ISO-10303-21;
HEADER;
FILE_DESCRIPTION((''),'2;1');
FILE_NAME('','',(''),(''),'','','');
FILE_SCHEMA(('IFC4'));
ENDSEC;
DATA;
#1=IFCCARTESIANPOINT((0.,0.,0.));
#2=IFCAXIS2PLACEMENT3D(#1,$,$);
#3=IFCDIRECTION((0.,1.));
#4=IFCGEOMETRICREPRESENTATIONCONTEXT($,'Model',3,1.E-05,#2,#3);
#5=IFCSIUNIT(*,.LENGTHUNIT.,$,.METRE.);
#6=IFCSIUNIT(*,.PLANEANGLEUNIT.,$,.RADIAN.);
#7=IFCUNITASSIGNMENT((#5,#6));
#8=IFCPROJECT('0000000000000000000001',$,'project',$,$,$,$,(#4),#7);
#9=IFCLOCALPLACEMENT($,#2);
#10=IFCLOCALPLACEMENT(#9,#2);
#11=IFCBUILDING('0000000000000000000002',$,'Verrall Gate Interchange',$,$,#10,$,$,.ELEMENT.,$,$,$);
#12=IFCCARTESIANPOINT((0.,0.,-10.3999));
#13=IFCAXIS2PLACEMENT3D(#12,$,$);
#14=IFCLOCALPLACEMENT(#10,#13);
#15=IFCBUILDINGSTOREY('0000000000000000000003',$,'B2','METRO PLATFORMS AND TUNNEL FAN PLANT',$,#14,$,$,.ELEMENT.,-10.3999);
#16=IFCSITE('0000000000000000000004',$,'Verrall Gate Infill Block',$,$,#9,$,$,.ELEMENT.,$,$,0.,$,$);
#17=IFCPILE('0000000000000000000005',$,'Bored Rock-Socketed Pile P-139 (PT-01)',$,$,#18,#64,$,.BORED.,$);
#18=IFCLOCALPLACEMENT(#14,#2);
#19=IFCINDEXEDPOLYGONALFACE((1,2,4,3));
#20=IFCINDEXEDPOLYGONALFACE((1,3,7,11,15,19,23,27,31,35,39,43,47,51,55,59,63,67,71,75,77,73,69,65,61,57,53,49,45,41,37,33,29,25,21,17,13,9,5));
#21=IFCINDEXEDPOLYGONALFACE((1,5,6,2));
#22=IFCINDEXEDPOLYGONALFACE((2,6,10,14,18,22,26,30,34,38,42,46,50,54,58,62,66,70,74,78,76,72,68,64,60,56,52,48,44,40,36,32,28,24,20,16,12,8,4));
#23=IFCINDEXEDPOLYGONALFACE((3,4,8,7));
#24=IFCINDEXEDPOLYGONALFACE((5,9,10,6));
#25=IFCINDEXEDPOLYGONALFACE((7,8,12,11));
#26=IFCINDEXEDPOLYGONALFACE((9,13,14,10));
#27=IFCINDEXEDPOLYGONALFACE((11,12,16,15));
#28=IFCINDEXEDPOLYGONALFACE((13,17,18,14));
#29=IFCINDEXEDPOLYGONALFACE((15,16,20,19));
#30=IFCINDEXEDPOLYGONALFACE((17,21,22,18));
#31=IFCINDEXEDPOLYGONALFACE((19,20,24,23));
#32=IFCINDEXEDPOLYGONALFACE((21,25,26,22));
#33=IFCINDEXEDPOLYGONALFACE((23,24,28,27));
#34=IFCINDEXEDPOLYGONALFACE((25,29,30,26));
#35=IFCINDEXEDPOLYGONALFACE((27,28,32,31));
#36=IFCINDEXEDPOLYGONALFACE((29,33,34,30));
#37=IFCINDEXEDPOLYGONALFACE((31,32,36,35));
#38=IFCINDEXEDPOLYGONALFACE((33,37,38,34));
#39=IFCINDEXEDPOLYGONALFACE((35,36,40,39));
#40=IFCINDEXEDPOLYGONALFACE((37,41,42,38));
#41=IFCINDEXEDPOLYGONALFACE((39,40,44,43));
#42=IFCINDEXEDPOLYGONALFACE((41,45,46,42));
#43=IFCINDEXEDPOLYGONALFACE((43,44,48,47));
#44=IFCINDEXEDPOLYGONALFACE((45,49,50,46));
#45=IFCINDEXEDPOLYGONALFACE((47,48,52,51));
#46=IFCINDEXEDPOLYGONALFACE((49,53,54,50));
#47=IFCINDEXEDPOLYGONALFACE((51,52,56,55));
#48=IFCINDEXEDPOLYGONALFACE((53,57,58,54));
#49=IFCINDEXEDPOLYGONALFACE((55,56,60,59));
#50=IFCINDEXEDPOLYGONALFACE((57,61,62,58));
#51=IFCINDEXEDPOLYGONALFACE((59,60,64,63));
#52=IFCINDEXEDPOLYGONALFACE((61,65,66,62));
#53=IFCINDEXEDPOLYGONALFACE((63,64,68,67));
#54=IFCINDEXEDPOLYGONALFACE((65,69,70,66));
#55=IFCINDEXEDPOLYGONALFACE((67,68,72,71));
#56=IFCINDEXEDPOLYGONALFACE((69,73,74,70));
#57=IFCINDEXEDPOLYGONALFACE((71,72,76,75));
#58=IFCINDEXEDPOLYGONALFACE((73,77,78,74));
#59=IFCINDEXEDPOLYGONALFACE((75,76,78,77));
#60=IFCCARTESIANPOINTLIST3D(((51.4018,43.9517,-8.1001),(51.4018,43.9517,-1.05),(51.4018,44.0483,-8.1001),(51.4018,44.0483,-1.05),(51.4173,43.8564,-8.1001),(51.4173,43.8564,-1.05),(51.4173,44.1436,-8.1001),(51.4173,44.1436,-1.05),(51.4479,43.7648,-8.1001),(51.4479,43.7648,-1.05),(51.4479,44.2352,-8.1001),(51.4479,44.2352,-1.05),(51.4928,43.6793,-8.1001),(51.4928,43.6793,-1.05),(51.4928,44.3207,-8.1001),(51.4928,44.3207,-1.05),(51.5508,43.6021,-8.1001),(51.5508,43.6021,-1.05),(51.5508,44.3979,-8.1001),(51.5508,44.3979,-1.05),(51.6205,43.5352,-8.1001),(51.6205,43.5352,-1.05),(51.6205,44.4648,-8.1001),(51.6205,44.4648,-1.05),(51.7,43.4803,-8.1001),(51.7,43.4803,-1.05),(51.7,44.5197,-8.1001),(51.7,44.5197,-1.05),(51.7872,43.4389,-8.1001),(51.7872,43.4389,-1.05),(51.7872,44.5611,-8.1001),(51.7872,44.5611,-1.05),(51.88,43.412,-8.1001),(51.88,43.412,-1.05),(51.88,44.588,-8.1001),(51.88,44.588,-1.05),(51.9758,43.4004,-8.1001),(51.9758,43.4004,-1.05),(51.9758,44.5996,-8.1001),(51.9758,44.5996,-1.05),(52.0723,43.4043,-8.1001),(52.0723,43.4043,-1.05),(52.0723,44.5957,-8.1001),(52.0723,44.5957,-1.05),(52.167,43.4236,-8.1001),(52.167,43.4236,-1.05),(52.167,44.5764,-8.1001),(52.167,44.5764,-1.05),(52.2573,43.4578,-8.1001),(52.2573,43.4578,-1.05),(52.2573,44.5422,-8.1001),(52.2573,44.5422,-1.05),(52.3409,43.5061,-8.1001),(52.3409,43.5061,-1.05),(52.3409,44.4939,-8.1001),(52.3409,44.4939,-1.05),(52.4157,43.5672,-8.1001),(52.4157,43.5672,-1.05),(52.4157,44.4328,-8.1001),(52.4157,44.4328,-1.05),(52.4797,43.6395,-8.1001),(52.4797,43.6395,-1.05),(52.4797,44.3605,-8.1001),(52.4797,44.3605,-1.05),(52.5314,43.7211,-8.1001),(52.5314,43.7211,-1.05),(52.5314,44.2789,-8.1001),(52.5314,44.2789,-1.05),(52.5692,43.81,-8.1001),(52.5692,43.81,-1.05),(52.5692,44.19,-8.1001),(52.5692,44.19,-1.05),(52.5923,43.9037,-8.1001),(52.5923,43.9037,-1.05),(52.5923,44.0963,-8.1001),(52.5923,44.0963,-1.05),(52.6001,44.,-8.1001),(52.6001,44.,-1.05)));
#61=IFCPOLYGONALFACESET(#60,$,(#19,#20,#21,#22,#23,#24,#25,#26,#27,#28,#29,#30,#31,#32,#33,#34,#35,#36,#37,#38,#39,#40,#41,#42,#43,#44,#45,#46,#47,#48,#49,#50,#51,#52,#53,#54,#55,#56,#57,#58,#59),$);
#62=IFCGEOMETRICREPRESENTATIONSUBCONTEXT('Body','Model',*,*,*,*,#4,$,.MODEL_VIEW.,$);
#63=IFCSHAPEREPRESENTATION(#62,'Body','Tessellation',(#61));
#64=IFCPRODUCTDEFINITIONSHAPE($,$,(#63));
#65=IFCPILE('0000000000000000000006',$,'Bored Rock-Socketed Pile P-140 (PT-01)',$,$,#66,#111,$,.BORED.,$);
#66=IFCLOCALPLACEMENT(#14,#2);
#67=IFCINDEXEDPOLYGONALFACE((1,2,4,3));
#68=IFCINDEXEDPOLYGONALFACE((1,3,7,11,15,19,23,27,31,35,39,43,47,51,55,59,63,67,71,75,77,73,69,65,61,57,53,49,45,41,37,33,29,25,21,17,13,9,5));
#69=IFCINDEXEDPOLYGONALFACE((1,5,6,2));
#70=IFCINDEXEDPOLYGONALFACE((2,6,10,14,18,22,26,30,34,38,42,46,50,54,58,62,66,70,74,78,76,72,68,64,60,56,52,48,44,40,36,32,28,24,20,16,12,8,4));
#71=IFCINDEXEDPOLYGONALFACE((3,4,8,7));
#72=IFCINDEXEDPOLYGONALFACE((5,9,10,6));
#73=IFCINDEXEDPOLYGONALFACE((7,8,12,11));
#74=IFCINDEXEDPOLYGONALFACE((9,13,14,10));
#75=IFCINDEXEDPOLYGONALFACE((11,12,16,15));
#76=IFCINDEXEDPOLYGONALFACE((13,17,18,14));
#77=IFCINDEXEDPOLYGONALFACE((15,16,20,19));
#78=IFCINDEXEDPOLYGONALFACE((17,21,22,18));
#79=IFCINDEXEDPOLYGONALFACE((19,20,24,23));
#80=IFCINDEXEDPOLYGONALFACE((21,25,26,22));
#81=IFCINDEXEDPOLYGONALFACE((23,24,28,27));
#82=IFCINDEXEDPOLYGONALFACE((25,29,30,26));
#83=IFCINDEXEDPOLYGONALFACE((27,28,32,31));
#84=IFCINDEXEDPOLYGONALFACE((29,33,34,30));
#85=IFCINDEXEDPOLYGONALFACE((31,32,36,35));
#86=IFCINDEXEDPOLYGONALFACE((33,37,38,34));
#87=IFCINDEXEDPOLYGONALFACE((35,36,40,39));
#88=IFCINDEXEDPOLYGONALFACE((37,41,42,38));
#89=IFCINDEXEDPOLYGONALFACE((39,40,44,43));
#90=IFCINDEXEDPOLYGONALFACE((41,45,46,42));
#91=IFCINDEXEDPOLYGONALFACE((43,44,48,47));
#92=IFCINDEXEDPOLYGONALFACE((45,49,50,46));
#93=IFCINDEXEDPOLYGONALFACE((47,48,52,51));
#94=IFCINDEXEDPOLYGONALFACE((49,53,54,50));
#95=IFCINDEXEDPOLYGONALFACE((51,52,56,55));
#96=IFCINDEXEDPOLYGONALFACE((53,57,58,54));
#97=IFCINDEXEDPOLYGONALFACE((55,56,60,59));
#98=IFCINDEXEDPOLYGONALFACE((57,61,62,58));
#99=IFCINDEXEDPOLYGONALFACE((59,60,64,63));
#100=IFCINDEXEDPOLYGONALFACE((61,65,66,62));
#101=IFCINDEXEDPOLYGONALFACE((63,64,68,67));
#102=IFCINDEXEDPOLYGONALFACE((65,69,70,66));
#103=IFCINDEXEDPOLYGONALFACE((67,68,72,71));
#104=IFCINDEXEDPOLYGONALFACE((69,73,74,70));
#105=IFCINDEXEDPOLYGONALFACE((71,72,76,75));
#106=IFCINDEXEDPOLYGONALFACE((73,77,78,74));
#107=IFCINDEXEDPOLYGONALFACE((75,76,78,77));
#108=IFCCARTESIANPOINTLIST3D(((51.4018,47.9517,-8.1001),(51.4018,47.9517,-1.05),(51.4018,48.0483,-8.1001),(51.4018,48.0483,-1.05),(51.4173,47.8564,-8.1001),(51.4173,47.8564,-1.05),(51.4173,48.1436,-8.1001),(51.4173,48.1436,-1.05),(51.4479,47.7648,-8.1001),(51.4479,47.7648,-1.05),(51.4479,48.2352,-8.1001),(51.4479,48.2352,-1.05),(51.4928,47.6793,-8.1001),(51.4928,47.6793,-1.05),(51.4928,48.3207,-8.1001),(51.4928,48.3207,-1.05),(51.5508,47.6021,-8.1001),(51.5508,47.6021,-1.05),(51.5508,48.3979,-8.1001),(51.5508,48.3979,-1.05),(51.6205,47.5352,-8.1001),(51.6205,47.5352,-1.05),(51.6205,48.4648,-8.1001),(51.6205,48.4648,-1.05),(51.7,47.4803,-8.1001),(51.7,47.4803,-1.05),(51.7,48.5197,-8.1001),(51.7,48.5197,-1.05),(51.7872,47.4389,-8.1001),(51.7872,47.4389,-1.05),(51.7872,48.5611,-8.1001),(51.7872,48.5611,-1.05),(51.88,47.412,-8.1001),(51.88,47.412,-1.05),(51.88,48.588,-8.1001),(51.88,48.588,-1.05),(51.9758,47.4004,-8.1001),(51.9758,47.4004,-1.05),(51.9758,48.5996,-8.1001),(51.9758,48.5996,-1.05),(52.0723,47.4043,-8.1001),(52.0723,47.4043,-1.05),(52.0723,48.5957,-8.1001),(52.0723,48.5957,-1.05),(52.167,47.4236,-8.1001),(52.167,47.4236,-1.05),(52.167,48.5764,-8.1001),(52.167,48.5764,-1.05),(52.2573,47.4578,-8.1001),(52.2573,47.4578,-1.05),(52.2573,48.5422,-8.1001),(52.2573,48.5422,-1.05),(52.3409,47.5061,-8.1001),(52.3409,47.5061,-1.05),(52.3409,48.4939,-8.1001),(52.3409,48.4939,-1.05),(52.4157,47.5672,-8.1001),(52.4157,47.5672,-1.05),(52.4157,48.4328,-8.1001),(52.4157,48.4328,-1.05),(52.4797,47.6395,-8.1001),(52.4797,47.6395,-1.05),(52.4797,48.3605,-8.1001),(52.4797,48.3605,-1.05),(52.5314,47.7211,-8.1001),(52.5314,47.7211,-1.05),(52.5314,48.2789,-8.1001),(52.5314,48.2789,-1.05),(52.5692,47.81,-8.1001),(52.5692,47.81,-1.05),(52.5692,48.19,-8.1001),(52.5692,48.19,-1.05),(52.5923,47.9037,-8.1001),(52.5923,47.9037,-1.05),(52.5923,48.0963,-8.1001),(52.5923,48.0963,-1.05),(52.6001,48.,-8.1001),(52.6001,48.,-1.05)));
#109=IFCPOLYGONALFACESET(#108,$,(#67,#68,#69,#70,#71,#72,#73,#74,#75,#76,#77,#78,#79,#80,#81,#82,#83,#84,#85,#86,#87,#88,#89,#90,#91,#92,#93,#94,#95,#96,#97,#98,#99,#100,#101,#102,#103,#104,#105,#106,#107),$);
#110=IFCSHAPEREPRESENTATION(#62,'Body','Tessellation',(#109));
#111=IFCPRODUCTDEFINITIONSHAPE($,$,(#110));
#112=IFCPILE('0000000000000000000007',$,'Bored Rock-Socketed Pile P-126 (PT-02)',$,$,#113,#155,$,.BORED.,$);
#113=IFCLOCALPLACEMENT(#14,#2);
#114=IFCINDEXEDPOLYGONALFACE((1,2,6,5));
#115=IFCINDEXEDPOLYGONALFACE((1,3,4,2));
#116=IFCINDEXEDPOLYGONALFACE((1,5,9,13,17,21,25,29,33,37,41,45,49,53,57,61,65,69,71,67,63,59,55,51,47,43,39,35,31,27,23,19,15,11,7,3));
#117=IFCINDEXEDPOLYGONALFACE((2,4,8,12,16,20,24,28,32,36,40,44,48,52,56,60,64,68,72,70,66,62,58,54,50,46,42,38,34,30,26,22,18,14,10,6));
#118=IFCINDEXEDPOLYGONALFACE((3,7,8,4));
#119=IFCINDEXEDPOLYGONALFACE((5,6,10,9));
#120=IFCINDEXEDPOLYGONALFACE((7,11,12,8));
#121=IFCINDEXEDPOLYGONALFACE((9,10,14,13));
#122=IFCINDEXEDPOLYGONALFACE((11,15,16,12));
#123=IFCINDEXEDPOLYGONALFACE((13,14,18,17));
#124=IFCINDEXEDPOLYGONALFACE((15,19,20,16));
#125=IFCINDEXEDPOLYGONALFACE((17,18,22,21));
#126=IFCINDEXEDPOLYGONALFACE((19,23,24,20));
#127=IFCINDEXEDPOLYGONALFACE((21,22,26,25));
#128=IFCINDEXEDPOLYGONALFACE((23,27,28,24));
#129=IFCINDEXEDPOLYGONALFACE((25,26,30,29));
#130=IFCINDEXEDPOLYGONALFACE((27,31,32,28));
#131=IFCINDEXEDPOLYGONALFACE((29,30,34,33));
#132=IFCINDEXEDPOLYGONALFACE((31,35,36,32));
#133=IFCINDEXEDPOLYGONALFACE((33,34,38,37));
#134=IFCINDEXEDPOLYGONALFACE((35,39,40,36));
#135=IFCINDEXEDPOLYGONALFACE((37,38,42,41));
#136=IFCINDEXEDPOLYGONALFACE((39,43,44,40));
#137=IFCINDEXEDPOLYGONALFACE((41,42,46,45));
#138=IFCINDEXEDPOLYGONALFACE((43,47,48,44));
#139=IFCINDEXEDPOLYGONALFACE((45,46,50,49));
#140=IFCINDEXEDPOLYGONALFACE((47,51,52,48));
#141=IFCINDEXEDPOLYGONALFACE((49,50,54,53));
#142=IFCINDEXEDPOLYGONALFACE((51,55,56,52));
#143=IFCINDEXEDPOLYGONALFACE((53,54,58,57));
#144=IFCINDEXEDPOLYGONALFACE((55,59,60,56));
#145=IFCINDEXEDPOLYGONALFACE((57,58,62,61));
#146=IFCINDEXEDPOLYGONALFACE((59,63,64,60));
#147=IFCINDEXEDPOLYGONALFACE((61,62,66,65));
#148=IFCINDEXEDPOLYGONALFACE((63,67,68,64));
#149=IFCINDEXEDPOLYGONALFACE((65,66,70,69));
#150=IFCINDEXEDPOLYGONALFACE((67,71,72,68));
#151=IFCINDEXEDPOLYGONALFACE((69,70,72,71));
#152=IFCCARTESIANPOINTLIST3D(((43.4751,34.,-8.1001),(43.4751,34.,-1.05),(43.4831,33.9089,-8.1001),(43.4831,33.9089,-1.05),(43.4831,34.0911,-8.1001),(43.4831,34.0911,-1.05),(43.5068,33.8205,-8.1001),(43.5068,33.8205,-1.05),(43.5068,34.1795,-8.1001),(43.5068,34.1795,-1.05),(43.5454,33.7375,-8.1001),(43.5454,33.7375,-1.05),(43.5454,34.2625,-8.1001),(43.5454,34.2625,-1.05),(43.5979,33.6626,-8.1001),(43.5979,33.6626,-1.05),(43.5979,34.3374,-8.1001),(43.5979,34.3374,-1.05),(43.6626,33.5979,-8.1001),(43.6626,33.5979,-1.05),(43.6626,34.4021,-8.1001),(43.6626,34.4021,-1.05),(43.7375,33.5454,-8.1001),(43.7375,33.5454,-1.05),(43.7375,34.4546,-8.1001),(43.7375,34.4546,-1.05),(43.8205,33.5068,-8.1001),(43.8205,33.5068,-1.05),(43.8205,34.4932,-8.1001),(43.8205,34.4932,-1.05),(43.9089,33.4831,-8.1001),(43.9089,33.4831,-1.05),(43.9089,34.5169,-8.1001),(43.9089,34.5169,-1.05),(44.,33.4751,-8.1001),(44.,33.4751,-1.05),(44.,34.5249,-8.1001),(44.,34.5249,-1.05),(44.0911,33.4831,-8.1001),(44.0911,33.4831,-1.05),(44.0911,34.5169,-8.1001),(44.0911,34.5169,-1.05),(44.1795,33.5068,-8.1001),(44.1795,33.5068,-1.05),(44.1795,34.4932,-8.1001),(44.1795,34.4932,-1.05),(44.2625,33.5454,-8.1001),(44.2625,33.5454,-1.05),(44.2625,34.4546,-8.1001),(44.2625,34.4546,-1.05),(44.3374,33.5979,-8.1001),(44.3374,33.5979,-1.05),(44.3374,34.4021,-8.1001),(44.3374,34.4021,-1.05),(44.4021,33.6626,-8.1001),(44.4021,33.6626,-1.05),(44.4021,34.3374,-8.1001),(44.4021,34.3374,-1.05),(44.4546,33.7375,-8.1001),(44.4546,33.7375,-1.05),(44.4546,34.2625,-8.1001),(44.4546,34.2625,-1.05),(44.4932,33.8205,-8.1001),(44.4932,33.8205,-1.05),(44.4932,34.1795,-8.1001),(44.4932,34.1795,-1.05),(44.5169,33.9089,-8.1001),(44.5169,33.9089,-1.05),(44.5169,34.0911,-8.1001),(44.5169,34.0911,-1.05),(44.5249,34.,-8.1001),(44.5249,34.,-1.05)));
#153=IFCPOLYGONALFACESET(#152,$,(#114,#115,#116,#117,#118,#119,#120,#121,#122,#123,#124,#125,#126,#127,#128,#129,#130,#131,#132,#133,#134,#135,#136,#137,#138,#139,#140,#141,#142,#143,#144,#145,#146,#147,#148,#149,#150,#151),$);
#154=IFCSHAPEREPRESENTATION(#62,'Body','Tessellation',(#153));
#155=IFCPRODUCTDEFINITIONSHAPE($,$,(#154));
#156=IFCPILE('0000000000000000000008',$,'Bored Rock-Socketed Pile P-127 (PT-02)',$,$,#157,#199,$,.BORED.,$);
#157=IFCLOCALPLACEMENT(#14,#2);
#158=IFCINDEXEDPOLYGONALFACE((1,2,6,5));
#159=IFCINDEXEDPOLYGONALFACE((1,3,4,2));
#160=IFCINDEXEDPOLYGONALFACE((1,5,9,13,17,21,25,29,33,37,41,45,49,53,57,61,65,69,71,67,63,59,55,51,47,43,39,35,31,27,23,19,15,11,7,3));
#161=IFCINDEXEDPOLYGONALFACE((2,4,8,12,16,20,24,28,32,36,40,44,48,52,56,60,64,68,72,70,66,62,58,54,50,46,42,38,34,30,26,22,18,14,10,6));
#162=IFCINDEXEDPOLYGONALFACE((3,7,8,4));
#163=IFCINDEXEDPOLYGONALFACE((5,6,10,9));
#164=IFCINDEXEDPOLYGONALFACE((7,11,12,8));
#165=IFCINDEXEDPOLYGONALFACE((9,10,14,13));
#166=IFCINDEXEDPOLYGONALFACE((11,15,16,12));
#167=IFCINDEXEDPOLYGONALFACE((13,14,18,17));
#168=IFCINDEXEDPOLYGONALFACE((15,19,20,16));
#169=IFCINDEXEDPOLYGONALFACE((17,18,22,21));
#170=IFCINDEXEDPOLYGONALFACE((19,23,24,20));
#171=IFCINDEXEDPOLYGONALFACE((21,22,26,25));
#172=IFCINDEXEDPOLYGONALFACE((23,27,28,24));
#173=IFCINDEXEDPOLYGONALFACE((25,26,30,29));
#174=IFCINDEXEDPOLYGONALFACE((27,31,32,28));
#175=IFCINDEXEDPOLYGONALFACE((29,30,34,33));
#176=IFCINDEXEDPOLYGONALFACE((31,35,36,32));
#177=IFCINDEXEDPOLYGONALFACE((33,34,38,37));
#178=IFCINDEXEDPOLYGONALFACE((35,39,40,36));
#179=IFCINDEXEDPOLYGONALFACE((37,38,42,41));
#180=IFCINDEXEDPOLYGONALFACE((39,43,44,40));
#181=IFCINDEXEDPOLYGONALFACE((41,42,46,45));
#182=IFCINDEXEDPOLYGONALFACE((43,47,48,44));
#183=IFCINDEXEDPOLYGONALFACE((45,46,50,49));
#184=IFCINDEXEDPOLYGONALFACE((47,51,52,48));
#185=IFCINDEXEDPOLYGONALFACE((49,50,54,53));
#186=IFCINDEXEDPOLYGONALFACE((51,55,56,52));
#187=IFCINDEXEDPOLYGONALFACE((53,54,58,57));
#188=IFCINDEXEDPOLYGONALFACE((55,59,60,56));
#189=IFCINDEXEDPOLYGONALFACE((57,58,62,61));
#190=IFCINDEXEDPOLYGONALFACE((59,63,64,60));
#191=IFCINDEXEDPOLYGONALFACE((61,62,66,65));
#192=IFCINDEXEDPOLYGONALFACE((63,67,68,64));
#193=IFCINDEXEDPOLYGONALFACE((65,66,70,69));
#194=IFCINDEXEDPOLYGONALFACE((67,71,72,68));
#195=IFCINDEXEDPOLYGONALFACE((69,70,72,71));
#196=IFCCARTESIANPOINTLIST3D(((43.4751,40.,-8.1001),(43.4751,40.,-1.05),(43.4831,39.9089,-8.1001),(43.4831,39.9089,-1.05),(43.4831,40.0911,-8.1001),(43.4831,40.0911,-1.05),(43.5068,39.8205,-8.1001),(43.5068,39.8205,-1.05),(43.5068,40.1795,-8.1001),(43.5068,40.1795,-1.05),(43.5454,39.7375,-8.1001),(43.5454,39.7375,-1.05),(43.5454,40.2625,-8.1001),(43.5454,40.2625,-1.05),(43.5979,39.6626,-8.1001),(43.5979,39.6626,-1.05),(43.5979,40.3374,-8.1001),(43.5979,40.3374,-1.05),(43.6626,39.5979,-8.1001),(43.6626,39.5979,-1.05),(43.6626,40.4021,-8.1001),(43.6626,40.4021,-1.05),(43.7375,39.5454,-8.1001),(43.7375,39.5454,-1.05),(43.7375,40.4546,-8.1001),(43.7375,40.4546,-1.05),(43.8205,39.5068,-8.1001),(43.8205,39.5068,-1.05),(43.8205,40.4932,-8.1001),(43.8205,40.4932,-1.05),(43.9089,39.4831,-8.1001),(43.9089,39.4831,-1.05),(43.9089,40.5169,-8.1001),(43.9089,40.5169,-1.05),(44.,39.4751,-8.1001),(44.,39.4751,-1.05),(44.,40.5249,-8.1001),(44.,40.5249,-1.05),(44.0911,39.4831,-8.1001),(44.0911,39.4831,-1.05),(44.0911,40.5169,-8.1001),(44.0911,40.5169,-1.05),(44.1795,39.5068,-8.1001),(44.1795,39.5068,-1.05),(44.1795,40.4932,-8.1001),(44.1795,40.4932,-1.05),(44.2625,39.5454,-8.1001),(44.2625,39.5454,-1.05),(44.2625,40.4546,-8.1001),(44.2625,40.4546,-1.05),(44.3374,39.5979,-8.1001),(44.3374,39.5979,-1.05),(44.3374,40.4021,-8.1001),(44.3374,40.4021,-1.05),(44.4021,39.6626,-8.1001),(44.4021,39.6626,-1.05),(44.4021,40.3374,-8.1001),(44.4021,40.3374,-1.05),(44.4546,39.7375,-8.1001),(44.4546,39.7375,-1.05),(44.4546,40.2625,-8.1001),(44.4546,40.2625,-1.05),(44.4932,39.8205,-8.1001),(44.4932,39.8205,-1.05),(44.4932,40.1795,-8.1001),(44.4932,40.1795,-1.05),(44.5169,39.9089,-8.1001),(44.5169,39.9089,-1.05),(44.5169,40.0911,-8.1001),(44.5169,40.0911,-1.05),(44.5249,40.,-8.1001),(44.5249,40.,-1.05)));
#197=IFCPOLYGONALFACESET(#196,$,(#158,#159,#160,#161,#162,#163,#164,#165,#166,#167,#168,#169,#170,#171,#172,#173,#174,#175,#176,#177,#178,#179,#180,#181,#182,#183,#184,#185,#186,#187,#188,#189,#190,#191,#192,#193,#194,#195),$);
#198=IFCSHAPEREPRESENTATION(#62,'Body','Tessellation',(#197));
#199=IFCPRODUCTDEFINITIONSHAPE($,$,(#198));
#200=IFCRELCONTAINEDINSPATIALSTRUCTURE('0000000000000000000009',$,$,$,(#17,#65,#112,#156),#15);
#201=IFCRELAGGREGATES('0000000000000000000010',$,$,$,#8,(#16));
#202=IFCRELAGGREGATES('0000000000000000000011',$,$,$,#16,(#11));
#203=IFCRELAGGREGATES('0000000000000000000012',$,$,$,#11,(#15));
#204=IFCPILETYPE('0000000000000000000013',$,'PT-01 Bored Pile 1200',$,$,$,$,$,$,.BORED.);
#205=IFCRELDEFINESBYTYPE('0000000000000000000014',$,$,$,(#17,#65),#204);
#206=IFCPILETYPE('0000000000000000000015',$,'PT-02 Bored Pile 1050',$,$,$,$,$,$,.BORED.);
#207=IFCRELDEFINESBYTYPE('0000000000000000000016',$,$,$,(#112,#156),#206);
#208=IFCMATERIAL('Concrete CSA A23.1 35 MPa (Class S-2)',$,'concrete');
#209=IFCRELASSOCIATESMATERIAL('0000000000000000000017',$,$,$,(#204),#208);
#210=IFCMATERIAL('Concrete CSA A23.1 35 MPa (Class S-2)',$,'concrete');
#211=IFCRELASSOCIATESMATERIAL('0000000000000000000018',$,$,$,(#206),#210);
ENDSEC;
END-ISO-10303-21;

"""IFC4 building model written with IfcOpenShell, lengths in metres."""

from ifc_helpers import new_model, si_unit, direction, frame, origin, origin_2d, place, context, subcontext, project, spatial, circle, extrude, material, material_profile, profile_set, type_object, element, save


model = new_model("IFC4")

# Units and contexts
model_context = context("Model", 3, precision=1e-05, world=origin(), true_north=direction((0.0, 1.0)))
body_context = subcontext(model_context, "Body", "Model", "MODEL_VIEW")
ifc_project = project(units=[si_unit("LENGTHUNIT", "METRE"), si_unit("PLANEANGLEUNIT", "RADIAN")], contexts=[model_context])

# Site, building, storey
site_placement = place(None, origin())
site = spatial("IfcSite", under=ifc_project, at=site_placement, Name="Verrall Gate Infill Block", CompositionType="ELEMENT", RefElevation=0.0)
building_placement = place(site_placement, origin())
building = spatial("IfcBuilding", under=site, at=building_placement, Name="Verrall Gate Interchange", CompositionType="ELEMENT")
storey_placement = place(building_placement, frame((0.0, 0.0, -10.3999)))
storey = spatial("IfcBuildingStorey", under=building, at=storey_placement, Name="B2", Description="METRO PLATFORMS AND TUNNEL FAN PLANT", CompositionType="ELEMENT", Elevation=-10.3999)

# Piles
ifc_material_1 = material(Name="Concrete CSA A23.1 35 MPa (Class S-2)", Category="concrete")
ifc_material_profile_1 = material_profile(ifc_material_1, circle(Radius=0.6001, at=origin_2d()), Name="PILE1200D")
ifc_profile_set_1 = profile_set([ifc_material_profile_1], Name="Concrete CSA A23.1 35 MPa (Class S-2)")
pile_type_1 = type_object("IfcPileType", Name="PT-01 Bored Pile 1200", PredefinedType="BORED", material=ifc_profile_set_1)
for number, where, z_axis, x_axis, name in (
    (1, (52.0, 44.0, -1.05), (0.0, 0.0, -1.0), (1.0, 0.0, 0.0), "Bored Rock-Socketed Pile P-139 (PT-01)"),
    (2, (52.0, 48.0, -1.05), (0.0, 0.0, -1.0), (1.0, 0.0, 0.0), "Bored Rock-Socketed Pile P-140 (PT-01)"),
):
    element("IfcPile", number, at=place(storey_placement, frame(where, z_axis=z_axis, x_axis=x_axis)), inside=storey, type_object=pile_type_1, Name=name, PredefinedType="BORED", context=body_context, shape_type="SweptSolid", body=[
        extrude(circle(Radius=0.6001, at=origin_2d()), origin(), (0.0, 0.0, 1.0), 7.05),
    ])
ifc_material_2 = material(Name="Concrete CSA A23.1 35 MPa (Class S-2)", Category="concrete")
ifc_material_profile_2 = material_profile(ifc_material_2, circle(Radius=0.5249, at=origin_2d()), Name="PILE1050D")
ifc_profile_set_2 = profile_set([ifc_material_profile_2], Name="Concrete CSA A23.1 35 MPa (Class S-2)")
pile_type_2 = type_object("IfcPileType", Name="PT-02 Bored Pile 1050", PredefinedType="BORED", material=ifc_profile_set_2)
for number, where, z_axis, x_axis, name in (
    (3, (44.0, 34.0, -1.05), (0.0, 0.0, -1.0), (1.0, 0.0, 0.0), "Bored Rock-Socketed Pile P-126 (PT-02)"),
    (4, (44.0, 40.0, -1.05), (0.0, 0.0, -1.0), (1.0, 0.0, 0.0), "Bored Rock-Socketed Pile P-127 (PT-02)"),
):
    element("IfcPile", number, at=place(storey_placement, frame(where, z_axis=z_axis, x_axis=x_axis)), inside=storey, type_object=pile_type_2, Name=name, PredefinedType="BORED", context=body_context, shape_type="SweptSolid", body=[
        extrude(circle(Radius=0.5249, at=origin_2d()), origin(), (0.0, 0.0, 1.0), 7.05),
    ])

save(model, "model.ifc")
